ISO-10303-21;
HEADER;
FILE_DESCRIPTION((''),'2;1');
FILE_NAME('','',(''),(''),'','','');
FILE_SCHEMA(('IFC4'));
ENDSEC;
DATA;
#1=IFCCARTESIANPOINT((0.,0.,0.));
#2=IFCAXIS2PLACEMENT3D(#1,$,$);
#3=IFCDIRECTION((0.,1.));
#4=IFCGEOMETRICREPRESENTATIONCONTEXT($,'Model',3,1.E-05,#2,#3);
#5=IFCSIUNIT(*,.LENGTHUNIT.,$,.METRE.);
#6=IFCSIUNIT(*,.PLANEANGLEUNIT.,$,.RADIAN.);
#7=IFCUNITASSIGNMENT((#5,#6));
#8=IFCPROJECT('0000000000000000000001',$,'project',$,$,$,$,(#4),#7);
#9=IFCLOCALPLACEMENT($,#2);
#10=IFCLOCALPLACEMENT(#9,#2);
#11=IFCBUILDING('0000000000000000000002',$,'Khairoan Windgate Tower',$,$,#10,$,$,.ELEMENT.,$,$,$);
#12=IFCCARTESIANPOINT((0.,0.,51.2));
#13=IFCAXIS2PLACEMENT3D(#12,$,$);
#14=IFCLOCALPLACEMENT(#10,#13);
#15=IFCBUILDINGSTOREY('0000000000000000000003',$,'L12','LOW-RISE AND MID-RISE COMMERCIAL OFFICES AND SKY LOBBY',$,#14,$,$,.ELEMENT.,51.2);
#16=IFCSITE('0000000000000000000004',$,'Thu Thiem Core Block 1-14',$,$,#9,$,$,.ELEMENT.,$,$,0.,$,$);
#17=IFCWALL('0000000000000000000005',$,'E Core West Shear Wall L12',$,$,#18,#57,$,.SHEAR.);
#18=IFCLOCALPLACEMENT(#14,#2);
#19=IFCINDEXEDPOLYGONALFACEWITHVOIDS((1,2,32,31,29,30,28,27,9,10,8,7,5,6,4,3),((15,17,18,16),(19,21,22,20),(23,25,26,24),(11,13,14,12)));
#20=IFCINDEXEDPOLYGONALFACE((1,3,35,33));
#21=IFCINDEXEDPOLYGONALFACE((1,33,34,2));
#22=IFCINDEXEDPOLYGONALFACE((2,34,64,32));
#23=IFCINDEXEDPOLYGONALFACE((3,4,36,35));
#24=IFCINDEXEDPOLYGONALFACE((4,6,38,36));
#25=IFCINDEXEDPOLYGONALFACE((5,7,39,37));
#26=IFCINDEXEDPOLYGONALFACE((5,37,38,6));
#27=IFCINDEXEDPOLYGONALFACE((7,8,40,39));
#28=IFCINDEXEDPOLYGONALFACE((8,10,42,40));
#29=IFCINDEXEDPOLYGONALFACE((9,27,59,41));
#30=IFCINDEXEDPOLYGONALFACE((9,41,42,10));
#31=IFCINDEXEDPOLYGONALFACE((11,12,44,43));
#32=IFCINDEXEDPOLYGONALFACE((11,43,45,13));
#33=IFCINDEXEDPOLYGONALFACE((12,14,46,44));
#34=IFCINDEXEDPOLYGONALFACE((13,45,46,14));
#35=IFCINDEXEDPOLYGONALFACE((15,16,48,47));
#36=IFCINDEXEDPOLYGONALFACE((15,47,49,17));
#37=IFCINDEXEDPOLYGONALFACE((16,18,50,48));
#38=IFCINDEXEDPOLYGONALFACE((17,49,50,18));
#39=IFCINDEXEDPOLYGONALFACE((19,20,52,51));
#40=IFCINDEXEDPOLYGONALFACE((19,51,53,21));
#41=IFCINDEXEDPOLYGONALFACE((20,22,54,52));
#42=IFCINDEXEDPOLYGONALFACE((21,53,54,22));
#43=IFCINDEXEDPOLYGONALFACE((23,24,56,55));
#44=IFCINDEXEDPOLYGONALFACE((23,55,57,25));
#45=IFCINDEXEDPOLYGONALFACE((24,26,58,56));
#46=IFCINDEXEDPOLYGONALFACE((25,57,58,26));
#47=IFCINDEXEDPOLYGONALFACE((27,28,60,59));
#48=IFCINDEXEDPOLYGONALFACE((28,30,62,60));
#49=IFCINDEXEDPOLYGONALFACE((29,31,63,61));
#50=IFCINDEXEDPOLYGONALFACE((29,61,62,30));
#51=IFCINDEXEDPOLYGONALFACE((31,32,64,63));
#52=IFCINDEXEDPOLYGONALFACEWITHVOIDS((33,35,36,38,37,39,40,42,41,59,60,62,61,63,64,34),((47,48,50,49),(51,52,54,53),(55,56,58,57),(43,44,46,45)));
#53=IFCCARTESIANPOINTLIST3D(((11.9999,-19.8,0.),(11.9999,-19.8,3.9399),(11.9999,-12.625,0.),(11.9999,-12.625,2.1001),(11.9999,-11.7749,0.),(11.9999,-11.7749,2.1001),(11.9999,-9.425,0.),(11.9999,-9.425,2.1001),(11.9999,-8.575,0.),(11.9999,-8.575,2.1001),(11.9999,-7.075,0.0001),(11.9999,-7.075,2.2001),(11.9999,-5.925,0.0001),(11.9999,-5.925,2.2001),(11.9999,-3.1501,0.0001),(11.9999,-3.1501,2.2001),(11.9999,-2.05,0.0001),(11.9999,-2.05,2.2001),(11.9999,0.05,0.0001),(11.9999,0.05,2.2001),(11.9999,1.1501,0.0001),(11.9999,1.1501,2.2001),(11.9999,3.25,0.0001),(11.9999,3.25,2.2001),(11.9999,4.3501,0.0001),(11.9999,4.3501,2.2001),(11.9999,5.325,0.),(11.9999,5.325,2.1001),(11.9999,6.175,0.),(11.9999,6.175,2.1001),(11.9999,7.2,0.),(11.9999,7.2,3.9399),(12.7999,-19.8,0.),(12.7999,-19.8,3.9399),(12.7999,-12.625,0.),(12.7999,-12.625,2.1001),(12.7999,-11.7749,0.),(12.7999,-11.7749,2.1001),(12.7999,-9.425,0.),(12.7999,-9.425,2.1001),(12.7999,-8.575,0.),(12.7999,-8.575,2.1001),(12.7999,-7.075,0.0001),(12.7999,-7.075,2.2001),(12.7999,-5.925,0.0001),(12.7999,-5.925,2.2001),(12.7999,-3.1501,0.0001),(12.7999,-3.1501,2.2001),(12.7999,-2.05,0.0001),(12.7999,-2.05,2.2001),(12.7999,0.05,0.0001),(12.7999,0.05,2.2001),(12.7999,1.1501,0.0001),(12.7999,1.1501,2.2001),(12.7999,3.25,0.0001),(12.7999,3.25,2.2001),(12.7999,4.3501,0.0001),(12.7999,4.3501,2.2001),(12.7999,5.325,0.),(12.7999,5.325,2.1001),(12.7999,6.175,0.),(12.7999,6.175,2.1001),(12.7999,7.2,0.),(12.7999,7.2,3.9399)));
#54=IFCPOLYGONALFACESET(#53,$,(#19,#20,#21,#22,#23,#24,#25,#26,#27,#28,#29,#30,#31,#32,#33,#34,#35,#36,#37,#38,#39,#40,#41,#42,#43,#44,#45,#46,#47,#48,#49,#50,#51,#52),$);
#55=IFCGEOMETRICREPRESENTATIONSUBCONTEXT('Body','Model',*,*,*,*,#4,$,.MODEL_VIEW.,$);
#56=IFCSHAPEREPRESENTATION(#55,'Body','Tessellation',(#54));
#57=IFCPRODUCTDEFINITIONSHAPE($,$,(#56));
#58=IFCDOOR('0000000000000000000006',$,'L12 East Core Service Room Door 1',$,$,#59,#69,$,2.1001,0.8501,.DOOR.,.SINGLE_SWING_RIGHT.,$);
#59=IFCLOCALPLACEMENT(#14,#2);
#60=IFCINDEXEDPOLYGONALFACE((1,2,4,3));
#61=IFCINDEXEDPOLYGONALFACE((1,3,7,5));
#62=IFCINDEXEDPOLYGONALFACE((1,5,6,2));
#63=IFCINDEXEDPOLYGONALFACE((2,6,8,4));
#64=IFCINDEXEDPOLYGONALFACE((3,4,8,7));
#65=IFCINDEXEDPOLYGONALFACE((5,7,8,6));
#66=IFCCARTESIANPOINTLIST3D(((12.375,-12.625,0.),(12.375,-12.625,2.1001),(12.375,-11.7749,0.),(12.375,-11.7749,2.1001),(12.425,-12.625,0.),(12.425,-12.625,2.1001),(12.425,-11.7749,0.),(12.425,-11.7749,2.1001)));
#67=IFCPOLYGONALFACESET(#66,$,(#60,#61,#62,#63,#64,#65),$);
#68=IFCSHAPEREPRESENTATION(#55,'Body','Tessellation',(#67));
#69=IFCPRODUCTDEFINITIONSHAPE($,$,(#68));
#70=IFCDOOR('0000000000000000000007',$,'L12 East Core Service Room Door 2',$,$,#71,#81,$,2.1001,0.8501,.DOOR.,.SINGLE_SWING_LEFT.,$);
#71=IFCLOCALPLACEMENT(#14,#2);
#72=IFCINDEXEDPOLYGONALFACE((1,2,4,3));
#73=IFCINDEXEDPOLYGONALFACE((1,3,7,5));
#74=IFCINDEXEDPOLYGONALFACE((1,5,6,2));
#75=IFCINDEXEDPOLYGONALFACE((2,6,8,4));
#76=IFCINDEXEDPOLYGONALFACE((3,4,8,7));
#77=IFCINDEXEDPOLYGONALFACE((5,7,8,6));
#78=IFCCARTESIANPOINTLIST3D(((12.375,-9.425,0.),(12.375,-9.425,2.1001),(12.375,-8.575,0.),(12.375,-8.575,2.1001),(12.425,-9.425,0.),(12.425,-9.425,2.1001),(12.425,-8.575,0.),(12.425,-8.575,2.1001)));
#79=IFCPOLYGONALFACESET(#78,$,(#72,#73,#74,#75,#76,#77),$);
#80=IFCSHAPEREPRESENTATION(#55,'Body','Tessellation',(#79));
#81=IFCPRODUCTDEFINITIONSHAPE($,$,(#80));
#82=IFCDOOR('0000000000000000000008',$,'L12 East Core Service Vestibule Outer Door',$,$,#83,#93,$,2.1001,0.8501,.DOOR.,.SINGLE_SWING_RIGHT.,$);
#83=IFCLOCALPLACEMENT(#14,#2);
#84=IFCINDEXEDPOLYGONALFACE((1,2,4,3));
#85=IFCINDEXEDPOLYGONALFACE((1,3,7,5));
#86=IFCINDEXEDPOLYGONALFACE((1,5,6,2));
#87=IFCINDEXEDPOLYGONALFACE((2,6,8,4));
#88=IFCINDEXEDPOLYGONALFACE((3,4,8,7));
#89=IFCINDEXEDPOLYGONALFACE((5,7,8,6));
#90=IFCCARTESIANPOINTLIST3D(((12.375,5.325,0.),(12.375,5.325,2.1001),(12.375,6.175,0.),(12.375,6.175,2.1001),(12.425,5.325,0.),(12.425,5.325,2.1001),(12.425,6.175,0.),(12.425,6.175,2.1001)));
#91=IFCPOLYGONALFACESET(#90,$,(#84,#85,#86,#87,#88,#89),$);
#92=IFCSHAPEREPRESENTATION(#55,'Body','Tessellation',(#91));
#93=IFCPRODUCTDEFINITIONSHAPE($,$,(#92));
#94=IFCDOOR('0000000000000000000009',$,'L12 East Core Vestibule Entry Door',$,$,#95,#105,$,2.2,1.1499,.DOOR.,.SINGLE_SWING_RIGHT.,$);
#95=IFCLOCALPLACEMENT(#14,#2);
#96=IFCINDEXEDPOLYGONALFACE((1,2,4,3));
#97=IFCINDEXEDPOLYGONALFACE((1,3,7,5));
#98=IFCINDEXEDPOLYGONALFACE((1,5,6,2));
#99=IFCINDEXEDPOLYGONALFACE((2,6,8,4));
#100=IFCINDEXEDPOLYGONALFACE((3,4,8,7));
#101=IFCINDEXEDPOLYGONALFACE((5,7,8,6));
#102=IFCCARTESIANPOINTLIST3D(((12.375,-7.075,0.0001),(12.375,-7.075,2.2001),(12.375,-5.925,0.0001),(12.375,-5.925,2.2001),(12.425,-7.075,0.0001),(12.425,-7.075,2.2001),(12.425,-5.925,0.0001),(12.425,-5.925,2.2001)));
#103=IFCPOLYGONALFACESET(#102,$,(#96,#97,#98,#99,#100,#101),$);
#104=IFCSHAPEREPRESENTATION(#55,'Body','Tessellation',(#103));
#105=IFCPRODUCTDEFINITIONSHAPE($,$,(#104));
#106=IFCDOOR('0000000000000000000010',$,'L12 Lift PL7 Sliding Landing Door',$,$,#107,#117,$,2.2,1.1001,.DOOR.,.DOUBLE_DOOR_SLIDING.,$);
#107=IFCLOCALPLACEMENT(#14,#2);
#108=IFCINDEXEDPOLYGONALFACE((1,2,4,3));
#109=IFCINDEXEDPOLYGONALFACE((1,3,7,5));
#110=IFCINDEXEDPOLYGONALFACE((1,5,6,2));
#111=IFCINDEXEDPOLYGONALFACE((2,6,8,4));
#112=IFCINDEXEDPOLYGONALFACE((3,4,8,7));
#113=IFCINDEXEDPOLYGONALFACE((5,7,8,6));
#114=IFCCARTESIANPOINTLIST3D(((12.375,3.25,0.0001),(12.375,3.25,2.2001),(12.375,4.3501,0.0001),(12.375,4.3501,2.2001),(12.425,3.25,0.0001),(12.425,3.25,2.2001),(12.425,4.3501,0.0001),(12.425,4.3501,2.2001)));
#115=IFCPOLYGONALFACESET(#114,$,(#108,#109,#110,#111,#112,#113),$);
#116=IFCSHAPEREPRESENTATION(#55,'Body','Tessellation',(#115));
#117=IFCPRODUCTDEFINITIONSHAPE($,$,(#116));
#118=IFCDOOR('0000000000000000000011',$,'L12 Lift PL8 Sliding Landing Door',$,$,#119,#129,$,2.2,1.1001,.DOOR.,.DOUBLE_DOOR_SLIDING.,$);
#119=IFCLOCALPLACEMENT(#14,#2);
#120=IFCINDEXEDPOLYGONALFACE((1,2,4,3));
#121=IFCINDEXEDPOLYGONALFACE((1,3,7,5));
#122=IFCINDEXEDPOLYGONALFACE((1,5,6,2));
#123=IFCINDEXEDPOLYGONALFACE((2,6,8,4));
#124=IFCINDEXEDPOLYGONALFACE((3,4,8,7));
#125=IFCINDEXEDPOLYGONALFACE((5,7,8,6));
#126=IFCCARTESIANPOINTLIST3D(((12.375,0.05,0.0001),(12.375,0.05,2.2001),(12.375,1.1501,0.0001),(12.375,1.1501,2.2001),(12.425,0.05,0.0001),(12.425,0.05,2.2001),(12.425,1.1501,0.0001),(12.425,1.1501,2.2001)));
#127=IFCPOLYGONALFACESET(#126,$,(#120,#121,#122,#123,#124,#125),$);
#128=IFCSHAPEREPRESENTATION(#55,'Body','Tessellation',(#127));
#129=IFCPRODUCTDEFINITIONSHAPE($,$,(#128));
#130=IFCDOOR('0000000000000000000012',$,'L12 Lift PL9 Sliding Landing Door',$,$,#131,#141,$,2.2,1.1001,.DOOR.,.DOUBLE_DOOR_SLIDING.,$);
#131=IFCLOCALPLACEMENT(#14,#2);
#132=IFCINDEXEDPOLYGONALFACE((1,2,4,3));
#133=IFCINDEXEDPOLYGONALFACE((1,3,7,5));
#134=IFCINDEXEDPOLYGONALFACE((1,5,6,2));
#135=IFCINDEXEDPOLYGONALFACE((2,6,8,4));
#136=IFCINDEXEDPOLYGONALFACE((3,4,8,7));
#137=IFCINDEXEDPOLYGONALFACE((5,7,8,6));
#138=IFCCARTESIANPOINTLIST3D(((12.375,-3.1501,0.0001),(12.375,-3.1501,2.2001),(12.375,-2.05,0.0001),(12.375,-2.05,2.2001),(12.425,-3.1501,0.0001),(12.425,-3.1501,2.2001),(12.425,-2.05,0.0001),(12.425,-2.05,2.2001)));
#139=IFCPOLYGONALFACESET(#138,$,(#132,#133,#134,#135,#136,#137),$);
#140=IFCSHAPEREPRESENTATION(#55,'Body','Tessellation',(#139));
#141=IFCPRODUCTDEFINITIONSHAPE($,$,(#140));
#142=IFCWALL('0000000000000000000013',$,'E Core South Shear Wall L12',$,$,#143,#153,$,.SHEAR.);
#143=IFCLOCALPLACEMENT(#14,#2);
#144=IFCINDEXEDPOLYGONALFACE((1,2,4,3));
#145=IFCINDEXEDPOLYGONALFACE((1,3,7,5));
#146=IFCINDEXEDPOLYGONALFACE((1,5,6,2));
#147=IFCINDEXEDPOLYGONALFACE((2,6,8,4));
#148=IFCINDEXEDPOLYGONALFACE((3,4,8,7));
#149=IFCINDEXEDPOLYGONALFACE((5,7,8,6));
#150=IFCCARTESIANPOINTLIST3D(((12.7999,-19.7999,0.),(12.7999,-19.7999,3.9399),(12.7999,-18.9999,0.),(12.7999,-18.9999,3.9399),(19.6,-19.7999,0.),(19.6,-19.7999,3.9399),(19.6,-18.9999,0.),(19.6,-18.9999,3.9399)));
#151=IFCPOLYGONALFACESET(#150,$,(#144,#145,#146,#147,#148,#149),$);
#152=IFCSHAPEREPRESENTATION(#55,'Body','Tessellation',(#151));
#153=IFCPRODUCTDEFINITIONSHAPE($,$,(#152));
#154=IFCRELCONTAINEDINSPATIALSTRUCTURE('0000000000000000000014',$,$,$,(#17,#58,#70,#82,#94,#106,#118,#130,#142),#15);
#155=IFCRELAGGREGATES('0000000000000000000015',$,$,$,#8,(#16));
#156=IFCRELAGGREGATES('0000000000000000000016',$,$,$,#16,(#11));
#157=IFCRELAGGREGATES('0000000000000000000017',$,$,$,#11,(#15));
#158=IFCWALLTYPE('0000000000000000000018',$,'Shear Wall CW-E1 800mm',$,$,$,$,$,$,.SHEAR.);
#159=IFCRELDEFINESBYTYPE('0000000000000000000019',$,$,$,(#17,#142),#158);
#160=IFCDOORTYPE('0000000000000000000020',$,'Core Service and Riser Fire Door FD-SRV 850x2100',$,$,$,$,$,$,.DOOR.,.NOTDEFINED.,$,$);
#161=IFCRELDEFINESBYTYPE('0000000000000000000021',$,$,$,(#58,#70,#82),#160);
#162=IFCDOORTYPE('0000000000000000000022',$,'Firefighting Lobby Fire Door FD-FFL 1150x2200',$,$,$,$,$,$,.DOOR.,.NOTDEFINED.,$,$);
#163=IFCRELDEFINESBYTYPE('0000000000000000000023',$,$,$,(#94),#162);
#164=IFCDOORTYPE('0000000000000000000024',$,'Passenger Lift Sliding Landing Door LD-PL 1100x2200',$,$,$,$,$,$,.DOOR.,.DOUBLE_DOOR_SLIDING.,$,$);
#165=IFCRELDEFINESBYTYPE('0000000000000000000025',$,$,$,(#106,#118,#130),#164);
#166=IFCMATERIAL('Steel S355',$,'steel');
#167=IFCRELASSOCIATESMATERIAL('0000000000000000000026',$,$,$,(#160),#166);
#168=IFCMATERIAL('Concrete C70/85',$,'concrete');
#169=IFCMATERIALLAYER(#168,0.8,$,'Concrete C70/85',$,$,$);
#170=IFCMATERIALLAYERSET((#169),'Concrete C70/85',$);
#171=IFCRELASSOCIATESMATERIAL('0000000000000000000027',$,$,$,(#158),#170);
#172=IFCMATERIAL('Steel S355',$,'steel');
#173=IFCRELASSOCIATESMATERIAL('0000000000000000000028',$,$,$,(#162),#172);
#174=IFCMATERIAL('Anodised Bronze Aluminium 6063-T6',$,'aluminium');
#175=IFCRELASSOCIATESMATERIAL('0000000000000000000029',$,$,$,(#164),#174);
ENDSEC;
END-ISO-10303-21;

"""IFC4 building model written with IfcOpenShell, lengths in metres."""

from ifc_helpers import new_model, si_unit, direction, frame, frame_2d, origin, place, context, subcontext, project, spatial, rectangle, extrude, material, layer, layer_set, type_object, element, fill, save


model = new_model("IFC4")

# Units and contexts
model_context = context("Model", 3, precision=1e-05, world=origin(), true_north=direction((0.0, 1.0)))
body_context = subcontext(model_context, "Body", "Model", "MODEL_VIEW")
ifc_project = project(units=[si_unit("LENGTHUNIT", "METRE"), si_unit("PLANEANGLEUNIT", "RADIAN")], contexts=[model_context])

# Site, building, storey
site_placement = place(None, origin())
site = spatial("IfcSite", under=ifc_project, at=site_placement, Name="Thu Thiem Core Block 1-14", CompositionType="ELEMENT", RefElevation=0.0)
building_placement = place(site_placement, origin())
building = spatial("IfcBuilding", under=site, at=building_placement, Name="Khairoan Windgate Tower", CompositionType="ELEMENT")
storey_placement = place(building_placement, frame((0.0, 0.0, 51.2)))
storey = spatial("IfcBuildingStorey", under=building, at=storey_placement, Name="L12", Description="LOW-RISE AND MID-RISE COMMERCIAL OFFICES AND SKY LOBBY", CompositionType="ELEMENT", Elevation=51.2)

# Shared definitions
ifc_material_1 = material(Name="Steel S355", Category="steel")
door_type_1 = type_object("IfcDoorType", Name="Core Service and Riser Fire Door FD-SRV 850x2100", OperationType="NOTDEFINED", PredefinedType="DOOR", material=ifc_material_1)

# Wall, openings, doors
ifc_material_2 = material(Name="Concrete C70/85", Category="concrete")
ifc_layer_1 = layer(ifc_material_2, 0.8, Name="Concrete C70/85")
ifc_layer_set_1 = layer_set([ifc_layer_1], Name="Concrete C70/85")
wall_type_1 = type_object("IfcWallType", Name="Shear Wall CW-E1 800mm", PredefinedType="SHEAR", material=ifc_layer_set_1)
wall_1_placement = place(storey_placement, frame((12.3999, -19.8, 0.0), z_axis=(0.0, 0.0, 1.0), x_axis=(0.0, 1.0, 0.0)))
wall_1 = element("IfcWall", 1, at=wall_1_placement, inside=storey, type_object=wall_type_1, Name="E Core West Shear Wall L12", PredefinedType="SHEAR", context=body_context, shape_type="SweptSolid", body=[
    extrude(rectangle(XDim=27.0, YDim=0.8, at=frame_2d((13.5, 0.0))), origin(), (0.0, 0.0, 1.0), 3.9399),
])
opening_1_placement = place(wall_1_placement, frame((23.05, 0.0, 0.0)))
opening_1 = element("IfcOpeningElement", 2, at=opening_1_placement, cuts=wall_1, PredefinedType="OPENING", context=body_context, shape_type="SweptSolid", body=[
    extrude(rectangle(XDim=1.1001, YDim=2.2, at=frame_2d((0.55, 1.1001))), frame((0.0, 0.4099, 0.0), z_axis=(0.0, -1.0, 0.0), x_axis=(1.0, 0.0, 0.0)), (0.0, 0.0, 1.0), 0.8201),
])
opening_2_placement = place(wall_1_placement, frame((19.8501, 0.0, 0.0)))
opening_2 = element("IfcOpeningElement", 3, at=opening_2_placement, cuts=wall_1, PredefinedType="OPENING", context=body_context, shape_type="SweptSolid", body=[
    extrude(rectangle(XDim=1.1001, YDim=2.2, at=frame_2d((0.55, 1.1001))), frame((0.0, 0.4099, 0.0), z_axis=(0.0, -1.0, 0.0), x_axis=(1.0, 0.0, 0.0)), (0.0, 0.0, 1.0), 0.8201),
])
opening_3_placement = place(wall_1_placement, frame((16.6499, 0.0, 0.0)))
opening_3 = element("IfcOpeningElement", 4, at=opening_3_placement, cuts=wall_1, PredefinedType="OPENING", context=body_context, shape_type="SweptSolid", body=[
    extrude(rectangle(XDim=1.1001, YDim=2.2, at=frame_2d((0.55, 1.1001))), frame((0.0, 0.4099, 0.0), z_axis=(0.0, -1.0, 0.0), x_axis=(1.0, 0.0, 0.0)), (0.0, 0.0, 1.0), 0.8201),
])
opening_4_placement = place(wall_1_placement, frame((7.175, 0.0, 0.0)))
opening_4 = element("IfcOpeningElement", 5, at=opening_4_placement, cuts=wall_1, PredefinedType="OPENING", context=body_context, shape_type="SweptSolid", body=[
    extrude(rectangle(XDim=0.8501, YDim=2.1001, at=frame_2d((0.425, 1.05))), frame((0.0, 0.4099, 0.0), z_axis=(0.0, -1.0, 0.0), x_axis=(1.0, 0.0, 0.0)), (0.0, 0.0, 1.0), 0.8201),
])
opening_5_placement = place(wall_1_placement, frame((10.375, 0.0, 0.0)))
opening_5 = element("IfcOpeningElement", 6, at=opening_5_placement, cuts=wall_1, PredefinedType="OPENING", context=body_context, shape_type="SweptSolid", body=[
    extrude(rectangle(XDim=0.8501, YDim=2.1001, at=frame_2d((0.425, 1.05))), frame((0.0, 0.4099, 0.0), z_axis=(0.0, -1.0, 0.0), x_axis=(1.0, 0.0, 0.0)), (0.0, 0.0, 1.0), 0.8201),
])
opening_6_placement = place(wall_1_placement, frame((12.7251, 0.0, 0.0)))
opening_6 = element("IfcOpeningElement", 7, at=opening_6_placement, cuts=wall_1, PredefinedType="OPENING", context=body_context, shape_type="SweptSolid", body=[
    extrude(rectangle(XDim=1.1499, YDim=2.2, at=frame_2d((0.575, 1.1001))), frame((0.0, 0.4099, 0.0), z_axis=(0.0, -1.0, 0.0), x_axis=(1.0, 0.0, 0.0)), (0.0, 0.0, 1.0), 0.8201),
])
opening_7_placement = place(wall_1_placement, frame((25.125, 0.0, 0.0)))
opening_7 = element("IfcOpeningElement", 8, at=opening_7_placement, cuts=wall_1, PredefinedType="OPENING", context=body_context, shape_type="SweptSolid", body=[
    extrude(rectangle(XDim=0.8501, YDim=2.1001, at=frame_2d((0.425, 1.05))), frame((0.0, 0.4099, 0.0), z_axis=(0.0, -1.0, 0.0), x_axis=(1.0, 0.0, 0.0)), (0.0, 0.0, 1.0), 0.8201),
])
door_1_placement = place(opening_4_placement, origin())
door_1 = element("IfcDoor", 9, at=door_1_placement, inside=storey, type_object=door_type_1, Name="L12 East Core Service Room Door 1", OperationType="SINGLE_SWING_RIGHT", OverallHeight=2.1001, OverallWidth=0.8501, PredefinedType="DOOR", context=body_context, shape_type="SweptSolid", body=[
    extrude(rectangle(XDim=0.8501, YDim=2.1001, at=frame_2d((0.425, 1.05))), frame((0.0, 0.0249, 0.0), z_axis=(0.0, -1.0, 0.0), x_axis=(1.0, 0.0, 0.0)), (0.0, 0.0, 1.0), 0.05),
])
fill(opening_4, door_1)
door_2_placement = place(opening_5_placement, origin())
door_2 = element("IfcDoor", 10, at=door_2_placement, inside=storey, type_object=door_type_1, Name="L12 East Core Service Room Door 2", OperationType="SINGLE_SWING_LEFT", OverallHeight=2.1001, OverallWidth=0.8501, PredefinedType="DOOR", context=body_context, shape_type="SweptSolid", body=[
    extrude(rectangle(XDim=0.8501, YDim=2.1001, at=frame_2d((0.425, 1.05))), frame((0.0, 0.0249, 0.0), z_axis=(0.0, -1.0, 0.0), x_axis=(1.0, 0.0, 0.0)), (0.0, 0.0, 1.0), 0.05),
])
fill(opening_5, door_2)
door_3_placement = place(opening_7_placement, origin())
door_3 = element("IfcDoor", 11, at=door_3_placement, inside=storey, type_object=door_type_1, Name="L12 East Core Service Vestibule Outer Door", OperationType="SINGLE_SWING_RIGHT", OverallHeight=2.1001, OverallWidth=0.8501, PredefinedType="DOOR", context=body_context, shape_type="SweptSolid", body=[
    extrude(rectangle(XDim=0.8501, YDim=2.1001, at=frame_2d((0.425, 1.05))), frame((0.0, 0.0249, 0.0), z_axis=(0.0, -1.0, 0.0), x_axis=(1.0, 0.0, 0.0)), (0.0, 0.0, 1.0), 0.05),
])
fill(opening_7, door_3)
ifc_material_3 = material(Name="Steel S355", Category="steel")
door_type_2 = type_object("IfcDoorType", Name="Firefighting Lobby Fire Door FD-FFL 1150x2200", OperationType="NOTDEFINED", PredefinedType="DOOR", material=ifc_material_3)
door_4_placement = place(opening_6_placement, origin())
door_4 = element("IfcDoor", 12, at=door_4_placement, inside=storey, type_object=door_type_2, Name="L12 East Core Vestibule Entry Door", OperationType="SINGLE_SWING_RIGHT", OverallHeight=2.2, OverallWidth=1.1499, PredefinedType="DOOR", context=body_context, shape_type="SweptSolid", body=[
    extrude(rectangle(XDim=1.1499, YDim=2.2, at=frame_2d((0.575, 1.1001))), frame((0.0, 0.0249, 0.0), z_axis=(0.0, -1.0, 0.0), x_axis=(1.0, 0.0, 0.0)), (0.0, 0.0, 1.0), 0.05),
])
fill(opening_6, door_4)
ifc_material_4 = material(Name="Anodised Bronze Aluminium 6063-T6", Category="aluminium")
door_type_3 = type_object("IfcDoorType", Name="Passenger Lift Sliding Landing Door LD-PL 1100x2200", OperationType="DOUBLE_DOOR_SLIDING", PredefinedType="DOOR", material=ifc_material_4)
door_5_placement = place(opening_1_placement, origin())
door_5 = element("IfcDoor", 13, at=door_5_placement, inside=storey, type_object=door_type_3, Name="L12 Lift PL7 Sliding Landing Door", OperationType="DOUBLE_DOOR_SLIDING", OverallHeight=2.2, OverallWidth=1.1001, PredefinedType="DOOR", context=body_context, shape_type="SweptSolid", body=[
    extrude(rectangle(XDim=1.1001, YDim=2.2, at=frame_2d((0.55, 1.1001))), frame((0.0, 0.0249, 0.0), z_axis=(0.0, -1.0, 0.0), x_axis=(1.0, 0.0, 0.0)), (0.0, 0.0, 1.0), 0.05),
])
fill(opening_1, door_5)
door_6_placement = place(opening_2_placement, origin())
door_6 = element("IfcDoor", 14, at=door_6_placement, inside=storey, type_object=door_type_3, Name="L12 Lift PL8 Sliding Landing Door", OperationType="DOUBLE_DOOR_SLIDING", OverallHeight=2.2, OverallWidth=1.1001, PredefinedType="DOOR", context=body_context, shape_type="SweptSolid", body=[
    extrude(rectangle(XDim=1.1001, YDim=2.2, at=frame_2d((0.55, 1.1001))), frame((0.0, 0.0249, 0.0), z_axis=(0.0, -1.0, 0.0), x_axis=(1.0, 0.0, 0.0)), (0.0, 0.0, 1.0), 0.05),
])
fill(opening_2, door_6)
door_7_placement = place(opening_3_placement, origin())
door_7 = element("IfcDoor", 15, at=door_7_placement, inside=storey, type_object=door_type_3, Name="L12 Lift PL9 Sliding Landing Door", OperationType="DOUBLE_DOOR_SLIDING", OverallHeight=2.2, OverallWidth=1.1001, PredefinedType="DOOR", context=body_context, shape_type="SweptSolid", body=[
    extrude(rectangle(XDim=1.1001, YDim=2.2, at=frame_2d((0.55, 1.1001))), frame((0.0, 0.0249, 0.0), z_axis=(0.0, -1.0, 0.0), x_axis=(1.0, 0.0, 0.0)), (0.0, 0.0, 1.0), 0.05),
])
fill(opening_3, door_7)

# Wall
wall_2_placement = place(storey_placement, frame((12.8, -19.3999, 0.0), z_axis=(0.0, 0.0, 1.0), x_axis=(1.0, 0.0, 0.0)))
element("IfcWall", 16, at=wall_2_placement, inside=storey, type_object=wall_type_1, Name="E Core South Shear Wall L12", PredefinedType="SHEAR", context=body_context, shape_type="SweptSolid", body=[
    extrude(rectangle(XDim=6.8, YDim=0.8, at=frame_2d((3.3999, 0.0))), origin(), (0.0, 0.0, 1.0), 3.9399),
])

save(model, "model.ifc")
